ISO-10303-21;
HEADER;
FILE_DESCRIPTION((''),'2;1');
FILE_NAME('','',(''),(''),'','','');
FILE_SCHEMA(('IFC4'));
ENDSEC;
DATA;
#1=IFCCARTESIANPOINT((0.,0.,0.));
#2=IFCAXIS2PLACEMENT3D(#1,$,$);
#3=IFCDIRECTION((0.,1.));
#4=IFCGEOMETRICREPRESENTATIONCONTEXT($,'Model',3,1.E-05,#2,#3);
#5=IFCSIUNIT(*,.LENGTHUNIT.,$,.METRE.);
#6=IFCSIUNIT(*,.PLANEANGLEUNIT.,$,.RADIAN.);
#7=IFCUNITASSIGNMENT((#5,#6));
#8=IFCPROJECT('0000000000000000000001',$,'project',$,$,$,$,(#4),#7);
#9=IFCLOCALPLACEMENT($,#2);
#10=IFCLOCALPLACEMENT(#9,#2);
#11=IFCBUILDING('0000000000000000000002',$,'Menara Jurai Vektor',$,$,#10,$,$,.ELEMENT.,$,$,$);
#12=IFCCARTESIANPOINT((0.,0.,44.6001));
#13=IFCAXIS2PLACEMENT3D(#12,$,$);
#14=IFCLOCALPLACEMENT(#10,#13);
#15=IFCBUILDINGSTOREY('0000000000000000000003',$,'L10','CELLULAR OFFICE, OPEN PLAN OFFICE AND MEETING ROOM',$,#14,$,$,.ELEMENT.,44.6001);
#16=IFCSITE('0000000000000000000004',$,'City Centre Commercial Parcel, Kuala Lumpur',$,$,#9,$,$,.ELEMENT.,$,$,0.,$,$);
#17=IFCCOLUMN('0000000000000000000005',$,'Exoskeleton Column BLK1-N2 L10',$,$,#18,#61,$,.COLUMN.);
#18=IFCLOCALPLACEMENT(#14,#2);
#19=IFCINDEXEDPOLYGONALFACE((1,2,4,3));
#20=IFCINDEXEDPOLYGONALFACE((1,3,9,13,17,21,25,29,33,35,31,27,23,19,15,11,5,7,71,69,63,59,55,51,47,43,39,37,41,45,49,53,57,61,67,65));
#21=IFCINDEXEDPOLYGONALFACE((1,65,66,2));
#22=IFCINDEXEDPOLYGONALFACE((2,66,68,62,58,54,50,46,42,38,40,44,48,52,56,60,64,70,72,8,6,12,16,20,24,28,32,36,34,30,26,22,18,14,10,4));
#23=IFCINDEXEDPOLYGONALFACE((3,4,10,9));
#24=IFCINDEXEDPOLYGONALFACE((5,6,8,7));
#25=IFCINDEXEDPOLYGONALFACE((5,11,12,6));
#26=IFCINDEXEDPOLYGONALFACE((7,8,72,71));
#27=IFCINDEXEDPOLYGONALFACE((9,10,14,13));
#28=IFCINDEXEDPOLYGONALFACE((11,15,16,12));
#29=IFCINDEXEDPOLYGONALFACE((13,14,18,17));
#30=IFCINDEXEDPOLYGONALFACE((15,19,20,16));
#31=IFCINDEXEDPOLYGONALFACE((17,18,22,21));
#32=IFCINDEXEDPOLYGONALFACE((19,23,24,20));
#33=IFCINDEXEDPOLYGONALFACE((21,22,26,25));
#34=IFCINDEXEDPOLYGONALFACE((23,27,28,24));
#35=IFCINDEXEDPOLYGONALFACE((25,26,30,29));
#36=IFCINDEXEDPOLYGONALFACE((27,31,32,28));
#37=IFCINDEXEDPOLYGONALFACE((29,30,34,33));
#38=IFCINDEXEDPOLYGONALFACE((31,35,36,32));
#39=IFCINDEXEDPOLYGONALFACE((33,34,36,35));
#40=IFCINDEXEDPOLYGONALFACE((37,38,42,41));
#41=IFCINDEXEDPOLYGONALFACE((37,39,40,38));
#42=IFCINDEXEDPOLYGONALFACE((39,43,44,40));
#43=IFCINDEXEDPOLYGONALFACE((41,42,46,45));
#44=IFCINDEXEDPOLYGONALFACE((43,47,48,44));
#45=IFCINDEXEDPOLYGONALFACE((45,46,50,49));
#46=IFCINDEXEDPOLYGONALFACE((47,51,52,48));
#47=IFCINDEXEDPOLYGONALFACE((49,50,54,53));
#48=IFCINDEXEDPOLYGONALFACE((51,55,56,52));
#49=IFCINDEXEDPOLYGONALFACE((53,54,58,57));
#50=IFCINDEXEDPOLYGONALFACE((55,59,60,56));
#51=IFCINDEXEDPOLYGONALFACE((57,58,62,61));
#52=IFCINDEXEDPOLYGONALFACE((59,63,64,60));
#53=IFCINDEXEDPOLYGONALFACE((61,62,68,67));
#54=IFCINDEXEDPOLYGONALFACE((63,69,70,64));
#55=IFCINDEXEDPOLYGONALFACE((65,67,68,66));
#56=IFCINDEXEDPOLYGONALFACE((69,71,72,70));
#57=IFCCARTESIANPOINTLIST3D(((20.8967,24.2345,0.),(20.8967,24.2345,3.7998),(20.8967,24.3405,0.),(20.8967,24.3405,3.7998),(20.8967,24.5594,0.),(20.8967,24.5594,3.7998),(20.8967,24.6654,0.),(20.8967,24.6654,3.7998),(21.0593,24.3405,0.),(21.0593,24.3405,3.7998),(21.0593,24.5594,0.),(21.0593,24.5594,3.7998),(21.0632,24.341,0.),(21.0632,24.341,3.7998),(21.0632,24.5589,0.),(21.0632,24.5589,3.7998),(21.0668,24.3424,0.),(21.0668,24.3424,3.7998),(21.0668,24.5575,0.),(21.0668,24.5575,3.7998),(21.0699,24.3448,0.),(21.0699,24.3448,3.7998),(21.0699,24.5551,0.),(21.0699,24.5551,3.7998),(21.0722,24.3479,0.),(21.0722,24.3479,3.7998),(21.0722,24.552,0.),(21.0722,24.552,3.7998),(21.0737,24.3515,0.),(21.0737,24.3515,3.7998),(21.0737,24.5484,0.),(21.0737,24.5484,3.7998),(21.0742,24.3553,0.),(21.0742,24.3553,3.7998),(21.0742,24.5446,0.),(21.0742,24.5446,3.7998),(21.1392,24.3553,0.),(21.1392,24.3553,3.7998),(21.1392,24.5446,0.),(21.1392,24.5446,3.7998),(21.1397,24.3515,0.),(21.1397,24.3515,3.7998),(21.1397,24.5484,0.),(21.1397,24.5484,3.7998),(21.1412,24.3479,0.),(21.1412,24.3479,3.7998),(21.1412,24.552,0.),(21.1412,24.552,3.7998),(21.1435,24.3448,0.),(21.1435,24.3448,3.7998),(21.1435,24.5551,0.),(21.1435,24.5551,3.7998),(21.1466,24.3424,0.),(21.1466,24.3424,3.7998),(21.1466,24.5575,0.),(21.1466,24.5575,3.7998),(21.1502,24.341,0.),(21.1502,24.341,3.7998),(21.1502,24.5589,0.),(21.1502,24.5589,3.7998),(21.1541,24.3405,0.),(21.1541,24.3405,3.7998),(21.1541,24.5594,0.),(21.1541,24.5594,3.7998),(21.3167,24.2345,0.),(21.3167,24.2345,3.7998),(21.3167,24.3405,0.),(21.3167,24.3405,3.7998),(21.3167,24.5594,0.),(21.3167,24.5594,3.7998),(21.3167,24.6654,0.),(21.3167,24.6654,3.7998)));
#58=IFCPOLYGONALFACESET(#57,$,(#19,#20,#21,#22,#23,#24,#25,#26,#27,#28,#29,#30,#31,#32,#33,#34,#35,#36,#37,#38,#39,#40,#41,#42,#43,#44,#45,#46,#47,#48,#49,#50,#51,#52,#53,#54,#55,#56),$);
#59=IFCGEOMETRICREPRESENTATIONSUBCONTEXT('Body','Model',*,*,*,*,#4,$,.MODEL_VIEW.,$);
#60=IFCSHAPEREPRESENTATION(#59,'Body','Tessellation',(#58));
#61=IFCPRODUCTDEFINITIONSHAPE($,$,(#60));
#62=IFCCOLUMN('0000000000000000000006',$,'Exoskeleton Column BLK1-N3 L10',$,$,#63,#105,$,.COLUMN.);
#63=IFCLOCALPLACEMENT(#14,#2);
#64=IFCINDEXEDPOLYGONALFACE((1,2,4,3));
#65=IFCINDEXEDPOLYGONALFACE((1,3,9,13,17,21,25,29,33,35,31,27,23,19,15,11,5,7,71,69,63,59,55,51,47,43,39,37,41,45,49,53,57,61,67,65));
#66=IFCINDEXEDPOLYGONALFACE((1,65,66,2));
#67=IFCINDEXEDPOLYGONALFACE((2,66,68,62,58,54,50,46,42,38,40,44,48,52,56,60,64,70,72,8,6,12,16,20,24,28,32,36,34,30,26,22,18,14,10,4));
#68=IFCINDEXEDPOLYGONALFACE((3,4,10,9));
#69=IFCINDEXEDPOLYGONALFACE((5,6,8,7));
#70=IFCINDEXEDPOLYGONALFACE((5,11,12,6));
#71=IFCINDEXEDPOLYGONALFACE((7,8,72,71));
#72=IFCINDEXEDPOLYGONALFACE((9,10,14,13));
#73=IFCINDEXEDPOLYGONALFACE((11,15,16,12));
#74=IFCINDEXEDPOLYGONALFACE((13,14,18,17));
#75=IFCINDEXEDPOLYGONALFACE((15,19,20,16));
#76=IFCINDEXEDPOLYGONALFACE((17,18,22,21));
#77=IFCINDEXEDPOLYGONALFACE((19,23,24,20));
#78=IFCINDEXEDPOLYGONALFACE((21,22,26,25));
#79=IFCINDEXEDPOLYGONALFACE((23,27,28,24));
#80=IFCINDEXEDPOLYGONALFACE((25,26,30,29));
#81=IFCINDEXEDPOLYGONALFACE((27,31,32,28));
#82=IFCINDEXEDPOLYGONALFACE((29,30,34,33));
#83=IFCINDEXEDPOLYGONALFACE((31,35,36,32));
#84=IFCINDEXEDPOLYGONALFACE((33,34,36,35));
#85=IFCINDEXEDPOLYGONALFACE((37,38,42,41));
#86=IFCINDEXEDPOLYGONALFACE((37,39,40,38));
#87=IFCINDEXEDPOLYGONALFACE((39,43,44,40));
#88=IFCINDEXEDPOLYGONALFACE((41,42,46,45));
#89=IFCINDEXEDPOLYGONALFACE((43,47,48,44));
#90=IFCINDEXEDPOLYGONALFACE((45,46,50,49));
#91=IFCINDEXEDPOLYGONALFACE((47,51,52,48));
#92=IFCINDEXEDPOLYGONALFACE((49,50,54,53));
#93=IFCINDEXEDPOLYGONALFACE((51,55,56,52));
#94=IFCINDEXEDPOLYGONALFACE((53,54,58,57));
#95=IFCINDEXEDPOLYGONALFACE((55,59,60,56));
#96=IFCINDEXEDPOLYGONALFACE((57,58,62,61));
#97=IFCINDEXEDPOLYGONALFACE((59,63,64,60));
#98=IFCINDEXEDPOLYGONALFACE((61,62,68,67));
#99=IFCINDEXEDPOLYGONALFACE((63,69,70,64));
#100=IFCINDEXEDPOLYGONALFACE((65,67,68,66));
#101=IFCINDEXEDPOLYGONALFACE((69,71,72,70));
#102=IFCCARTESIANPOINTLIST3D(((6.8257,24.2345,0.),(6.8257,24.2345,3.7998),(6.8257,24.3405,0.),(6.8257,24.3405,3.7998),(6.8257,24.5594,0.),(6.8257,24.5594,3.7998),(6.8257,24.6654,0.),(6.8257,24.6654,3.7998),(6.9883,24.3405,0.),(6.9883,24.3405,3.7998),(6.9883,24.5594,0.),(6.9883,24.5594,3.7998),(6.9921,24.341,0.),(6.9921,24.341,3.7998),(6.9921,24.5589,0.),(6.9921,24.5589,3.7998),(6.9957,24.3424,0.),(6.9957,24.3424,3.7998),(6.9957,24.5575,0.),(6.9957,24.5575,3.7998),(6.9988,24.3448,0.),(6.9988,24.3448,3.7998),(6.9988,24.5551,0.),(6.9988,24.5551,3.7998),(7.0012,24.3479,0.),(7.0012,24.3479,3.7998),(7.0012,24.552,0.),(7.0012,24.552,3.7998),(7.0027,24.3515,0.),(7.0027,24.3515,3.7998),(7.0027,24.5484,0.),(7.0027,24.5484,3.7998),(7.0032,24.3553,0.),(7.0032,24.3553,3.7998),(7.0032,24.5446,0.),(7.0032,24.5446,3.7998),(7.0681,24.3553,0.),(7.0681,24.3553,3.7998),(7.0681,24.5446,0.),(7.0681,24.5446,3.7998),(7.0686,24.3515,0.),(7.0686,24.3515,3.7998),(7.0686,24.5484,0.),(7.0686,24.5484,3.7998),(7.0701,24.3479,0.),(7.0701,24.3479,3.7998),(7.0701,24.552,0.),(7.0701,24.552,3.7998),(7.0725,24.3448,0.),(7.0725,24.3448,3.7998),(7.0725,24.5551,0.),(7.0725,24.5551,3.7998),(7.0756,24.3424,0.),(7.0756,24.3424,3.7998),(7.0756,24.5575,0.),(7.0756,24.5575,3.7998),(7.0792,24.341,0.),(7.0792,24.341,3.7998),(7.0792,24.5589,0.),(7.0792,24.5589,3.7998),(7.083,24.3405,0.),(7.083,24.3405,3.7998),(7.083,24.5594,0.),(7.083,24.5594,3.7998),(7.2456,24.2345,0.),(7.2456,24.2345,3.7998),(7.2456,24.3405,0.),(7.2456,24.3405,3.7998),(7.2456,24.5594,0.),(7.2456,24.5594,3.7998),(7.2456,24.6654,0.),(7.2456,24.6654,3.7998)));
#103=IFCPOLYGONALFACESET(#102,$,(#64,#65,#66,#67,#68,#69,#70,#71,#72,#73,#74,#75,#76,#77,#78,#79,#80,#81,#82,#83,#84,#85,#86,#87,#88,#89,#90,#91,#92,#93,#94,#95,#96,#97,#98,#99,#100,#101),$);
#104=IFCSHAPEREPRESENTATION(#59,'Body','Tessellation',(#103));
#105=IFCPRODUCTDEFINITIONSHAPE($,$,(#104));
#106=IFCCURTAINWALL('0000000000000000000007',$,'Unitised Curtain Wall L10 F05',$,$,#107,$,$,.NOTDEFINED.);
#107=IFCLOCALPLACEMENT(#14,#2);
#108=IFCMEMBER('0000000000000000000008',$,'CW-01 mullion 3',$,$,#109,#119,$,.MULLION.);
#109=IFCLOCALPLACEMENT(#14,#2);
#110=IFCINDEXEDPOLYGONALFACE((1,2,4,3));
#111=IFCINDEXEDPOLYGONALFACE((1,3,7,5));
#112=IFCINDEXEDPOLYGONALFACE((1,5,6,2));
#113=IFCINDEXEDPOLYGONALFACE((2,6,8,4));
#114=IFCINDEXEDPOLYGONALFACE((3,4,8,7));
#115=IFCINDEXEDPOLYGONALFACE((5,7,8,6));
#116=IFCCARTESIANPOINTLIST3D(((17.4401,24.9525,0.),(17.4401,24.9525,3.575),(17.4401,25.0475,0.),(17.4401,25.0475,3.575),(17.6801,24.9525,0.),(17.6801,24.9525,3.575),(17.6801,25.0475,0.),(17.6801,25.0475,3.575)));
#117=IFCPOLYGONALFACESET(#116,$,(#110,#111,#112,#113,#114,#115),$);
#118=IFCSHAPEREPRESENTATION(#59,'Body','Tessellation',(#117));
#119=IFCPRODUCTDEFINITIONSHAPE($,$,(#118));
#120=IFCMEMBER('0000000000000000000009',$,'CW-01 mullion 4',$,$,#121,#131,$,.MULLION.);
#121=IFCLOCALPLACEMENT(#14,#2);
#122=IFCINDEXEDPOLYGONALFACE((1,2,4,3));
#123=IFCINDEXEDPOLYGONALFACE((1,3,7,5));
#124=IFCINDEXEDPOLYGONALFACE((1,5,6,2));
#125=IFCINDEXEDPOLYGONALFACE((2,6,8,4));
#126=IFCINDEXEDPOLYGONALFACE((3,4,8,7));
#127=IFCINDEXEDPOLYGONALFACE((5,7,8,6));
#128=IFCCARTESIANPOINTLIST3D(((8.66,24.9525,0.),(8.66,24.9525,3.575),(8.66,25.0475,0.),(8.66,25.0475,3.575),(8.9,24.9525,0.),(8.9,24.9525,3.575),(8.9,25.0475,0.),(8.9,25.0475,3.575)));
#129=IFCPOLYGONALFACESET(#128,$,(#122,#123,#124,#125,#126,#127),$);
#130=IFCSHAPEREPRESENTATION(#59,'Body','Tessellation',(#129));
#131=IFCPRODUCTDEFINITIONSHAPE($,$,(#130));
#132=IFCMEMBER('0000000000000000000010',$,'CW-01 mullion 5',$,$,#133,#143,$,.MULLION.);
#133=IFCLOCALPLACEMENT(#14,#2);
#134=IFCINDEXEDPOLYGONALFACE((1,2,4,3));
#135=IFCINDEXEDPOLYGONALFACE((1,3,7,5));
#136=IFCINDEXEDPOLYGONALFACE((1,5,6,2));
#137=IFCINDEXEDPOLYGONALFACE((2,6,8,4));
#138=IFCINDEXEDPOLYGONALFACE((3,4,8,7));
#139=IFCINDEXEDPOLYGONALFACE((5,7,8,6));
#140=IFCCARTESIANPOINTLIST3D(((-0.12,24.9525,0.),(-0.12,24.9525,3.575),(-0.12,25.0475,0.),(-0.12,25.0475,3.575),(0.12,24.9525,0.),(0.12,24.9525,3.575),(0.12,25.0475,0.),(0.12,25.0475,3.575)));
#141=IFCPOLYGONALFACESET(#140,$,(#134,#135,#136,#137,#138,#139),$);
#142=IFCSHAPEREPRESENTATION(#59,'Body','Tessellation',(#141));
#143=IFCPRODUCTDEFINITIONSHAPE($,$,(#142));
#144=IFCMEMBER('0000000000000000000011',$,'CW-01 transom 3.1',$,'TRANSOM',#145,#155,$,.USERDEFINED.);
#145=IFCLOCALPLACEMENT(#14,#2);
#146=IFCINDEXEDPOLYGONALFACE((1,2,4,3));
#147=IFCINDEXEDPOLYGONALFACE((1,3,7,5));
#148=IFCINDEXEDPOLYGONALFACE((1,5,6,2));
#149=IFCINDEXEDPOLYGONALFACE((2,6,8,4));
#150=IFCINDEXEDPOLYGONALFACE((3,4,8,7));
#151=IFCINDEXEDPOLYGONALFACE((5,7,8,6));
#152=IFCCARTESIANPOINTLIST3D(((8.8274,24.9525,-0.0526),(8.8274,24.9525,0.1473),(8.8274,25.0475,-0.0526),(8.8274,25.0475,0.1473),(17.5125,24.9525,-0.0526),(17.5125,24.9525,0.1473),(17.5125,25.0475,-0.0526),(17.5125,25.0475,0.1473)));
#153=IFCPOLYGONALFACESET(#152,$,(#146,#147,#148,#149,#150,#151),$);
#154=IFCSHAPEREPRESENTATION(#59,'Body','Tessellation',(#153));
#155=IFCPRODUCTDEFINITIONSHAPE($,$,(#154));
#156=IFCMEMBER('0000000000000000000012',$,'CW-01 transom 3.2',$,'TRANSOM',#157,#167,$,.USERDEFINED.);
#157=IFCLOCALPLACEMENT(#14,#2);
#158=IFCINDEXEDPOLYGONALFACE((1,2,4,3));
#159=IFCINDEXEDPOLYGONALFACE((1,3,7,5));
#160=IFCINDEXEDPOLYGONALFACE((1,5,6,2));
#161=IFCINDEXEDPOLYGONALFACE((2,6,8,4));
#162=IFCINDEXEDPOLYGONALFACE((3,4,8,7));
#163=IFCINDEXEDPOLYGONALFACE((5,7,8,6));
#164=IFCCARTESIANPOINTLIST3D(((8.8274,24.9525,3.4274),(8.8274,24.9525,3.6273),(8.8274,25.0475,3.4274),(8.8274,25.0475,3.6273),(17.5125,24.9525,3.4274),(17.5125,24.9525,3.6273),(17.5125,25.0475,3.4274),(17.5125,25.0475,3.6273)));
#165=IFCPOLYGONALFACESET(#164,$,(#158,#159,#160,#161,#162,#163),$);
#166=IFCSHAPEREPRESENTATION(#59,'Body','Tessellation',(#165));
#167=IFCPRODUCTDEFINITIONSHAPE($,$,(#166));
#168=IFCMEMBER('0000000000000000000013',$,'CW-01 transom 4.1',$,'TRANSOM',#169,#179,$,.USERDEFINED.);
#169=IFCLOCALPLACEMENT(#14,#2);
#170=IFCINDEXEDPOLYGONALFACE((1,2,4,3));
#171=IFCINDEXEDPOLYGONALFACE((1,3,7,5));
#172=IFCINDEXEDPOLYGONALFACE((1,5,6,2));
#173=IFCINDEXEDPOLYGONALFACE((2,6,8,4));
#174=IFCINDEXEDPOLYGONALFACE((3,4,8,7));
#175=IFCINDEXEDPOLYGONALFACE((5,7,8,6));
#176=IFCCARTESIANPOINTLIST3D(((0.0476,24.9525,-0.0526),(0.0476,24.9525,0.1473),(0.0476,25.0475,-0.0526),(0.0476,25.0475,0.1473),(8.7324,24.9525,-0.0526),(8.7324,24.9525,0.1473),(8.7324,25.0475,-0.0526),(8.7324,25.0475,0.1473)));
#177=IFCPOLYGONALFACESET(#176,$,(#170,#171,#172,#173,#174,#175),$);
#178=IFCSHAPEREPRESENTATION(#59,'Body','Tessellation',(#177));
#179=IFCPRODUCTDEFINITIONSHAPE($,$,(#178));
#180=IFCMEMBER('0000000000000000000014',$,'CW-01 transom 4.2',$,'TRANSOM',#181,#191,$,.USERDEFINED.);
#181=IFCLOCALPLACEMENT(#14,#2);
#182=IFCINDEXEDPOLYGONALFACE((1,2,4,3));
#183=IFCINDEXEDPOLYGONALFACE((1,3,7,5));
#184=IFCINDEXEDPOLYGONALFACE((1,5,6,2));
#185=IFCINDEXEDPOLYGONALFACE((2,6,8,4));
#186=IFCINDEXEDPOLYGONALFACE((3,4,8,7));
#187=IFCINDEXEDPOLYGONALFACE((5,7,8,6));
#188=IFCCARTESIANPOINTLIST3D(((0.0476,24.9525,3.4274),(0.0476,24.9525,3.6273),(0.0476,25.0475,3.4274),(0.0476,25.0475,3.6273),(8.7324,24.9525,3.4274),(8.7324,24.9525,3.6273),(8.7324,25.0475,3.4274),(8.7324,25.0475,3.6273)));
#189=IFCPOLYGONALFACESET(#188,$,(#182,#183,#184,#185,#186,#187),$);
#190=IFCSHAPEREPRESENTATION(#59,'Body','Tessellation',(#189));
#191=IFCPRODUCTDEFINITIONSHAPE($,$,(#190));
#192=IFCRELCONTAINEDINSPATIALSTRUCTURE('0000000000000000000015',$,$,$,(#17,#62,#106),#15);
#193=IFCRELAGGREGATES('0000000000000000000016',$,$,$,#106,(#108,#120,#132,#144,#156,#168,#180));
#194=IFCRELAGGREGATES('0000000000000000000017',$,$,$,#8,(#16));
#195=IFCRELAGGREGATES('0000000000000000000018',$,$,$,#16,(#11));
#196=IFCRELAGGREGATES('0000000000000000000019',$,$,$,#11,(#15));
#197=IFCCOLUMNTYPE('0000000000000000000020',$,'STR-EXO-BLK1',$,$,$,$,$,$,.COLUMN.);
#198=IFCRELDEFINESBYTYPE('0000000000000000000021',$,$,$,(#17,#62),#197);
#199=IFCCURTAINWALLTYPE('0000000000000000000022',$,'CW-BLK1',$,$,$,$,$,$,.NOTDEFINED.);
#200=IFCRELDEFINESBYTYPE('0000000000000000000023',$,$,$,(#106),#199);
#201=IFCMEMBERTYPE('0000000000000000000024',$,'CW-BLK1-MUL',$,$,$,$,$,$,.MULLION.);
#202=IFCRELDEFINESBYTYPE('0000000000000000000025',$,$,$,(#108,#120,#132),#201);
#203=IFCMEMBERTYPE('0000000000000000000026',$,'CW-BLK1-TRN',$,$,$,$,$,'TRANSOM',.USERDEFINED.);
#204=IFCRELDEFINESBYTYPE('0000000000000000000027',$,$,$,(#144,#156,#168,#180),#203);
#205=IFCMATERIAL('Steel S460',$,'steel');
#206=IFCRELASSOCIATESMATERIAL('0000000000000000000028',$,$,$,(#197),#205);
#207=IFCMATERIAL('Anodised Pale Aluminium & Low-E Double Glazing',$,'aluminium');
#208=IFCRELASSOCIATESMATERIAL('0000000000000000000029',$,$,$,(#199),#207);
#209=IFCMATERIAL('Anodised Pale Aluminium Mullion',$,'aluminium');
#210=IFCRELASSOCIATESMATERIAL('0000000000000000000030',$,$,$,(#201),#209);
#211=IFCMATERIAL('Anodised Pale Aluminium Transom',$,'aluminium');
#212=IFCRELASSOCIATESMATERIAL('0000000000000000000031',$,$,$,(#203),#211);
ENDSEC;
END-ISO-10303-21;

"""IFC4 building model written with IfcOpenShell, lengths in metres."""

from ifc_helpers import new_model, si_unit, direction, frame, origin, origin_2d, place, context, subcontext, project, spatial, rectangle, i_section, extrude, material, material_profile, profile_set, type_object, element, aggregate, save


model = new_model("IFC4")

# Units and contexts
model_context = context("Model", 3, precision=1e-05, world=origin(), true_north=direction((0.0, 1.0)))
body_context = subcontext(model_context, "Body", "Model", "MODEL_VIEW")
ifc_project = project(units=[si_unit("LENGTHUNIT", "METRE"), si_unit("PLANEANGLEUNIT", "RADIAN")], contexts=[model_context])

# Site, building, storey
site_placement = place(None, origin())
site = spatial("IfcSite", under=ifc_project, at=site_placement, Name="City Centre Commercial Parcel, Kuala Lumpur", CompositionType="ELEMENT", RefElevation=0.0)
building_placement = place(site_placement, origin())
building = spatial("IfcBuilding", under=site, at=building_placement, Name="Menara Jurai Vektor", CompositionType="ELEMENT")
storey_placement = place(building_placement, frame((0.0, 0.0, 44.6001)))
storey = spatial("IfcBuildingStorey", under=building, at=storey_placement, Name="L10", Description="CELLULAR OFFICE, OPEN PLAN OFFICE AND MEETING ROOM", CompositionType="ELEMENT", Elevation=44.6001)

# Columns
ifc_material_1 = material(Name="Steel S460", Category="steel")
ifc_material_profile_1 = material_profile(ifc_material_1, i_section(OverallWidth=0.4199, OverallDepth=0.4309, WebThickness=0.0649, FlangeThickness=0.106, FilletRadius=0.0149, at=origin_2d()), Name="HD 400x900")
ifc_profile_set_1 = profile_set([ifc_material_profile_1], Name="Steel S460")
column_type = type_object("IfcColumnType", Name="STR-EXO-BLK1", PredefinedType="COLUMN", material=ifc_profile_set_1)
for number, where, z_axis, x_axis, name in (
    (1, (21.1067, 24.45, 0.0), (0.0, 0.0, 1.0), (1.0, 0.0, 0.0), "Exoskeleton Column BLK1-N2 L10"),
    (2, (7.0356, 24.45, 0.0), (0.0, 0.0, 1.0), (1.0, 0.0, 0.0), "Exoskeleton Column BLK1-N3 L10"),
):
    element("IfcColumn", number, at=place(storey_placement, frame(where, z_axis=z_axis, x_axis=x_axis)), inside=storey, type_object=column_type, Name=name, PredefinedType="COLUMN", context=body_context, shape_type="SweptSolid", body=[
        extrude(i_section(OverallWidth=0.4199, OverallDepth=0.4309, WebThickness=0.0649, FlangeThickness=0.106, FilletRadius=0.0149, at=origin_2d()), origin(), (0.0, 0.0, 1.0), 3.7998),
    ])

# Curtain wall, members
ifc_material_2 = material(Name="Anodised Pale Aluminium & Low-E Double Glazing", Category="aluminium")
curtain_wall_type = type_object("IfcCurtainWallType", Name="CW-BLK1", PredefinedType="NOTDEFINED", material=ifc_material_2)
curtain_wall_placement = place(storey_placement, origin())
curtain_wall = element("IfcCurtainWall", 3, at=curtain_wall_placement, inside=storey, type_object=curtain_wall_type, Name="Unitised Curtain Wall L10 F05", PredefinedType="NOTDEFINED")
ifc_material_3 = material(Name="Anodised Pale Aluminium Mullion", Category="aluminium")
ifc_material_profile_2 = material_profile(ifc_material_3, rectangle(XDim=0.095, YDim=0.24, at=origin_2d()), Name="ALU MUL 95x240")
ifc_profile_set_2 = profile_set([ifc_material_profile_2], Name="Anodised Pale Aluminium Mullion")
member_type_1 = type_object("IfcMemberType", Name="CW-BLK1-MUL", PredefinedType="MULLION", material=ifc_profile_set_2)
member_1_placement = place(storey_placement, frame((17.5601, 25.0, 0.0), z_axis=(0.0, 0.0, 1.0), x_axis=(0.0, -1.0, 0.0)))
member_1 = element("IfcMember", 4, at=member_1_placement, type_object=member_type_1, Name="CW-01 mullion 3", PredefinedType="MULLION", context=body_context, shape_type="SweptSolid", body=[
    extrude(rectangle(XDim=0.095, YDim=0.24, at=origin_2d()), origin(), (0.0, 0.0, 1.0), 3.575),
])
member_2_placement = place(storey_placement, frame((8.78, 25.0, 0.0), z_axis=(0.0, 0.0, 1.0), x_axis=(0.0, -1.0, 0.0)))
member_2 = element("IfcMember", 5, at=member_2_placement, type_object=member_type_1, Name="CW-01 mullion 4", PredefinedType="MULLION", context=body_context, shape_type="SweptSolid", body=[
    extrude(rectangle(XDim=0.095, YDim=0.24, at=origin_2d()), origin(), (0.0, 0.0, 1.0), 3.575),
])
member_3_placement = place(storey_placement, frame((0.0, 25.0, 0.0), z_axis=(0.0, 0.0, 1.0), x_axis=(0.0, -1.0, 0.0)))
member_3 = element("IfcMember", 6, at=member_3_placement, type_object=member_type_1, Name="CW-01 mullion 5", PredefinedType="MULLION", context=body_context, shape_type="SweptSolid", body=[
    extrude(rectangle(XDim=0.095, YDim=0.24, at=origin_2d()), origin(), (0.0, 0.0, 1.0), 3.575),
])
ifc_material_4 = material(Name="Anodised Pale Aluminium Transom", Category="aluminium")
ifc_material_profile_3 = material_profile(ifc_material_4, rectangle(XDim=0.095, YDim=0.2, at=origin_2d()), Name="ALU TRN 95x200")
ifc_profile_set_3 = profile_set([ifc_material_profile_3], Name="Anodised Pale Aluminium Transom")
member_type_2 = type_object("IfcMemberType", Name="CW-BLK1-TRN", ElementType="TRANSOM", PredefinedType="USERDEFINED", material=ifc_profile_set_3)
member_4_placement = place(storey_placement, frame((17.5125, 25.0, 0.0474), z_axis=(-1.0, 0.0, 0.0), x_axis=(0.0, -1.0, 0.0)))
member_4 = element("IfcMember", 7, at=member_4_placement, type_object=member_type_2, Name="CW-01 transom 3.1", ObjectType="TRANSOM", PredefinedType="USERDEFINED", context=body_context, shape_type="SweptSolid", body=[
    extrude(rectangle(XDim=0.095, YDim=0.2, at=origin_2d()), origin(), (0.0, 0.0, 1.0), 8.6851),
])
member_5_placement = place(storey_placement, frame((17.5125, 25.0, 3.5273), z_axis=(-1.0, 0.0, 0.0), x_axis=(0.0, -1.0, 0.0)))
member_5 = element("IfcMember", 8, at=member_5_placement, type_object=member_type_2, Name="CW-01 transom 3.2", ObjectType="TRANSOM", PredefinedType="USERDEFINED", context=body_context, shape_type="SweptSolid", body=[
    extrude(rectangle(XDim=0.095, YDim=0.2, at=origin_2d()), origin(), (0.0, 0.0, 1.0), 8.6851),
])
member_6_placement = place(storey_placement, frame((8.7324, 25.0, 0.0474), z_axis=(-1.0, 0.0, 0.0), x_axis=(0.0, -1.0, 0.0)))
member_6 = element("IfcMember", 9, at=member_6_placement, type_object=member_type_2, Name="CW-01 transom 4.1", ObjectType="TRANSOM", PredefinedType="USERDEFINED", context=body_context, shape_type="SweptSolid", body=[
    extrude(rectangle(XDim=0.095, YDim=0.2, at=origin_2d()), origin(), (0.0, 0.0, 1.0), 8.6848),
])
member_7_placement = place(storey_placement, frame((8.7324, 25.0, 3.5273), z_axis=(-1.0, 0.0, 0.0), x_axis=(0.0, -1.0, 0.0)))
member_7 = element("IfcMember", 10, at=member_7_placement, type_object=member_type_2, Name="CW-01 transom 4.2", ObjectType="TRANSOM", PredefinedType="USERDEFINED", context=body_context, shape_type="SweptSolid", body=[
    extrude(rectangle(XDim=0.095, YDim=0.2, at=origin_2d()), origin(), (0.0, 0.0, 1.0), 8.6848),
])

aggregate(curtain_wall, [member_1, member_2, member_3, member_4, member_5, member_6, member_7])

save(model, "model.ifc")
